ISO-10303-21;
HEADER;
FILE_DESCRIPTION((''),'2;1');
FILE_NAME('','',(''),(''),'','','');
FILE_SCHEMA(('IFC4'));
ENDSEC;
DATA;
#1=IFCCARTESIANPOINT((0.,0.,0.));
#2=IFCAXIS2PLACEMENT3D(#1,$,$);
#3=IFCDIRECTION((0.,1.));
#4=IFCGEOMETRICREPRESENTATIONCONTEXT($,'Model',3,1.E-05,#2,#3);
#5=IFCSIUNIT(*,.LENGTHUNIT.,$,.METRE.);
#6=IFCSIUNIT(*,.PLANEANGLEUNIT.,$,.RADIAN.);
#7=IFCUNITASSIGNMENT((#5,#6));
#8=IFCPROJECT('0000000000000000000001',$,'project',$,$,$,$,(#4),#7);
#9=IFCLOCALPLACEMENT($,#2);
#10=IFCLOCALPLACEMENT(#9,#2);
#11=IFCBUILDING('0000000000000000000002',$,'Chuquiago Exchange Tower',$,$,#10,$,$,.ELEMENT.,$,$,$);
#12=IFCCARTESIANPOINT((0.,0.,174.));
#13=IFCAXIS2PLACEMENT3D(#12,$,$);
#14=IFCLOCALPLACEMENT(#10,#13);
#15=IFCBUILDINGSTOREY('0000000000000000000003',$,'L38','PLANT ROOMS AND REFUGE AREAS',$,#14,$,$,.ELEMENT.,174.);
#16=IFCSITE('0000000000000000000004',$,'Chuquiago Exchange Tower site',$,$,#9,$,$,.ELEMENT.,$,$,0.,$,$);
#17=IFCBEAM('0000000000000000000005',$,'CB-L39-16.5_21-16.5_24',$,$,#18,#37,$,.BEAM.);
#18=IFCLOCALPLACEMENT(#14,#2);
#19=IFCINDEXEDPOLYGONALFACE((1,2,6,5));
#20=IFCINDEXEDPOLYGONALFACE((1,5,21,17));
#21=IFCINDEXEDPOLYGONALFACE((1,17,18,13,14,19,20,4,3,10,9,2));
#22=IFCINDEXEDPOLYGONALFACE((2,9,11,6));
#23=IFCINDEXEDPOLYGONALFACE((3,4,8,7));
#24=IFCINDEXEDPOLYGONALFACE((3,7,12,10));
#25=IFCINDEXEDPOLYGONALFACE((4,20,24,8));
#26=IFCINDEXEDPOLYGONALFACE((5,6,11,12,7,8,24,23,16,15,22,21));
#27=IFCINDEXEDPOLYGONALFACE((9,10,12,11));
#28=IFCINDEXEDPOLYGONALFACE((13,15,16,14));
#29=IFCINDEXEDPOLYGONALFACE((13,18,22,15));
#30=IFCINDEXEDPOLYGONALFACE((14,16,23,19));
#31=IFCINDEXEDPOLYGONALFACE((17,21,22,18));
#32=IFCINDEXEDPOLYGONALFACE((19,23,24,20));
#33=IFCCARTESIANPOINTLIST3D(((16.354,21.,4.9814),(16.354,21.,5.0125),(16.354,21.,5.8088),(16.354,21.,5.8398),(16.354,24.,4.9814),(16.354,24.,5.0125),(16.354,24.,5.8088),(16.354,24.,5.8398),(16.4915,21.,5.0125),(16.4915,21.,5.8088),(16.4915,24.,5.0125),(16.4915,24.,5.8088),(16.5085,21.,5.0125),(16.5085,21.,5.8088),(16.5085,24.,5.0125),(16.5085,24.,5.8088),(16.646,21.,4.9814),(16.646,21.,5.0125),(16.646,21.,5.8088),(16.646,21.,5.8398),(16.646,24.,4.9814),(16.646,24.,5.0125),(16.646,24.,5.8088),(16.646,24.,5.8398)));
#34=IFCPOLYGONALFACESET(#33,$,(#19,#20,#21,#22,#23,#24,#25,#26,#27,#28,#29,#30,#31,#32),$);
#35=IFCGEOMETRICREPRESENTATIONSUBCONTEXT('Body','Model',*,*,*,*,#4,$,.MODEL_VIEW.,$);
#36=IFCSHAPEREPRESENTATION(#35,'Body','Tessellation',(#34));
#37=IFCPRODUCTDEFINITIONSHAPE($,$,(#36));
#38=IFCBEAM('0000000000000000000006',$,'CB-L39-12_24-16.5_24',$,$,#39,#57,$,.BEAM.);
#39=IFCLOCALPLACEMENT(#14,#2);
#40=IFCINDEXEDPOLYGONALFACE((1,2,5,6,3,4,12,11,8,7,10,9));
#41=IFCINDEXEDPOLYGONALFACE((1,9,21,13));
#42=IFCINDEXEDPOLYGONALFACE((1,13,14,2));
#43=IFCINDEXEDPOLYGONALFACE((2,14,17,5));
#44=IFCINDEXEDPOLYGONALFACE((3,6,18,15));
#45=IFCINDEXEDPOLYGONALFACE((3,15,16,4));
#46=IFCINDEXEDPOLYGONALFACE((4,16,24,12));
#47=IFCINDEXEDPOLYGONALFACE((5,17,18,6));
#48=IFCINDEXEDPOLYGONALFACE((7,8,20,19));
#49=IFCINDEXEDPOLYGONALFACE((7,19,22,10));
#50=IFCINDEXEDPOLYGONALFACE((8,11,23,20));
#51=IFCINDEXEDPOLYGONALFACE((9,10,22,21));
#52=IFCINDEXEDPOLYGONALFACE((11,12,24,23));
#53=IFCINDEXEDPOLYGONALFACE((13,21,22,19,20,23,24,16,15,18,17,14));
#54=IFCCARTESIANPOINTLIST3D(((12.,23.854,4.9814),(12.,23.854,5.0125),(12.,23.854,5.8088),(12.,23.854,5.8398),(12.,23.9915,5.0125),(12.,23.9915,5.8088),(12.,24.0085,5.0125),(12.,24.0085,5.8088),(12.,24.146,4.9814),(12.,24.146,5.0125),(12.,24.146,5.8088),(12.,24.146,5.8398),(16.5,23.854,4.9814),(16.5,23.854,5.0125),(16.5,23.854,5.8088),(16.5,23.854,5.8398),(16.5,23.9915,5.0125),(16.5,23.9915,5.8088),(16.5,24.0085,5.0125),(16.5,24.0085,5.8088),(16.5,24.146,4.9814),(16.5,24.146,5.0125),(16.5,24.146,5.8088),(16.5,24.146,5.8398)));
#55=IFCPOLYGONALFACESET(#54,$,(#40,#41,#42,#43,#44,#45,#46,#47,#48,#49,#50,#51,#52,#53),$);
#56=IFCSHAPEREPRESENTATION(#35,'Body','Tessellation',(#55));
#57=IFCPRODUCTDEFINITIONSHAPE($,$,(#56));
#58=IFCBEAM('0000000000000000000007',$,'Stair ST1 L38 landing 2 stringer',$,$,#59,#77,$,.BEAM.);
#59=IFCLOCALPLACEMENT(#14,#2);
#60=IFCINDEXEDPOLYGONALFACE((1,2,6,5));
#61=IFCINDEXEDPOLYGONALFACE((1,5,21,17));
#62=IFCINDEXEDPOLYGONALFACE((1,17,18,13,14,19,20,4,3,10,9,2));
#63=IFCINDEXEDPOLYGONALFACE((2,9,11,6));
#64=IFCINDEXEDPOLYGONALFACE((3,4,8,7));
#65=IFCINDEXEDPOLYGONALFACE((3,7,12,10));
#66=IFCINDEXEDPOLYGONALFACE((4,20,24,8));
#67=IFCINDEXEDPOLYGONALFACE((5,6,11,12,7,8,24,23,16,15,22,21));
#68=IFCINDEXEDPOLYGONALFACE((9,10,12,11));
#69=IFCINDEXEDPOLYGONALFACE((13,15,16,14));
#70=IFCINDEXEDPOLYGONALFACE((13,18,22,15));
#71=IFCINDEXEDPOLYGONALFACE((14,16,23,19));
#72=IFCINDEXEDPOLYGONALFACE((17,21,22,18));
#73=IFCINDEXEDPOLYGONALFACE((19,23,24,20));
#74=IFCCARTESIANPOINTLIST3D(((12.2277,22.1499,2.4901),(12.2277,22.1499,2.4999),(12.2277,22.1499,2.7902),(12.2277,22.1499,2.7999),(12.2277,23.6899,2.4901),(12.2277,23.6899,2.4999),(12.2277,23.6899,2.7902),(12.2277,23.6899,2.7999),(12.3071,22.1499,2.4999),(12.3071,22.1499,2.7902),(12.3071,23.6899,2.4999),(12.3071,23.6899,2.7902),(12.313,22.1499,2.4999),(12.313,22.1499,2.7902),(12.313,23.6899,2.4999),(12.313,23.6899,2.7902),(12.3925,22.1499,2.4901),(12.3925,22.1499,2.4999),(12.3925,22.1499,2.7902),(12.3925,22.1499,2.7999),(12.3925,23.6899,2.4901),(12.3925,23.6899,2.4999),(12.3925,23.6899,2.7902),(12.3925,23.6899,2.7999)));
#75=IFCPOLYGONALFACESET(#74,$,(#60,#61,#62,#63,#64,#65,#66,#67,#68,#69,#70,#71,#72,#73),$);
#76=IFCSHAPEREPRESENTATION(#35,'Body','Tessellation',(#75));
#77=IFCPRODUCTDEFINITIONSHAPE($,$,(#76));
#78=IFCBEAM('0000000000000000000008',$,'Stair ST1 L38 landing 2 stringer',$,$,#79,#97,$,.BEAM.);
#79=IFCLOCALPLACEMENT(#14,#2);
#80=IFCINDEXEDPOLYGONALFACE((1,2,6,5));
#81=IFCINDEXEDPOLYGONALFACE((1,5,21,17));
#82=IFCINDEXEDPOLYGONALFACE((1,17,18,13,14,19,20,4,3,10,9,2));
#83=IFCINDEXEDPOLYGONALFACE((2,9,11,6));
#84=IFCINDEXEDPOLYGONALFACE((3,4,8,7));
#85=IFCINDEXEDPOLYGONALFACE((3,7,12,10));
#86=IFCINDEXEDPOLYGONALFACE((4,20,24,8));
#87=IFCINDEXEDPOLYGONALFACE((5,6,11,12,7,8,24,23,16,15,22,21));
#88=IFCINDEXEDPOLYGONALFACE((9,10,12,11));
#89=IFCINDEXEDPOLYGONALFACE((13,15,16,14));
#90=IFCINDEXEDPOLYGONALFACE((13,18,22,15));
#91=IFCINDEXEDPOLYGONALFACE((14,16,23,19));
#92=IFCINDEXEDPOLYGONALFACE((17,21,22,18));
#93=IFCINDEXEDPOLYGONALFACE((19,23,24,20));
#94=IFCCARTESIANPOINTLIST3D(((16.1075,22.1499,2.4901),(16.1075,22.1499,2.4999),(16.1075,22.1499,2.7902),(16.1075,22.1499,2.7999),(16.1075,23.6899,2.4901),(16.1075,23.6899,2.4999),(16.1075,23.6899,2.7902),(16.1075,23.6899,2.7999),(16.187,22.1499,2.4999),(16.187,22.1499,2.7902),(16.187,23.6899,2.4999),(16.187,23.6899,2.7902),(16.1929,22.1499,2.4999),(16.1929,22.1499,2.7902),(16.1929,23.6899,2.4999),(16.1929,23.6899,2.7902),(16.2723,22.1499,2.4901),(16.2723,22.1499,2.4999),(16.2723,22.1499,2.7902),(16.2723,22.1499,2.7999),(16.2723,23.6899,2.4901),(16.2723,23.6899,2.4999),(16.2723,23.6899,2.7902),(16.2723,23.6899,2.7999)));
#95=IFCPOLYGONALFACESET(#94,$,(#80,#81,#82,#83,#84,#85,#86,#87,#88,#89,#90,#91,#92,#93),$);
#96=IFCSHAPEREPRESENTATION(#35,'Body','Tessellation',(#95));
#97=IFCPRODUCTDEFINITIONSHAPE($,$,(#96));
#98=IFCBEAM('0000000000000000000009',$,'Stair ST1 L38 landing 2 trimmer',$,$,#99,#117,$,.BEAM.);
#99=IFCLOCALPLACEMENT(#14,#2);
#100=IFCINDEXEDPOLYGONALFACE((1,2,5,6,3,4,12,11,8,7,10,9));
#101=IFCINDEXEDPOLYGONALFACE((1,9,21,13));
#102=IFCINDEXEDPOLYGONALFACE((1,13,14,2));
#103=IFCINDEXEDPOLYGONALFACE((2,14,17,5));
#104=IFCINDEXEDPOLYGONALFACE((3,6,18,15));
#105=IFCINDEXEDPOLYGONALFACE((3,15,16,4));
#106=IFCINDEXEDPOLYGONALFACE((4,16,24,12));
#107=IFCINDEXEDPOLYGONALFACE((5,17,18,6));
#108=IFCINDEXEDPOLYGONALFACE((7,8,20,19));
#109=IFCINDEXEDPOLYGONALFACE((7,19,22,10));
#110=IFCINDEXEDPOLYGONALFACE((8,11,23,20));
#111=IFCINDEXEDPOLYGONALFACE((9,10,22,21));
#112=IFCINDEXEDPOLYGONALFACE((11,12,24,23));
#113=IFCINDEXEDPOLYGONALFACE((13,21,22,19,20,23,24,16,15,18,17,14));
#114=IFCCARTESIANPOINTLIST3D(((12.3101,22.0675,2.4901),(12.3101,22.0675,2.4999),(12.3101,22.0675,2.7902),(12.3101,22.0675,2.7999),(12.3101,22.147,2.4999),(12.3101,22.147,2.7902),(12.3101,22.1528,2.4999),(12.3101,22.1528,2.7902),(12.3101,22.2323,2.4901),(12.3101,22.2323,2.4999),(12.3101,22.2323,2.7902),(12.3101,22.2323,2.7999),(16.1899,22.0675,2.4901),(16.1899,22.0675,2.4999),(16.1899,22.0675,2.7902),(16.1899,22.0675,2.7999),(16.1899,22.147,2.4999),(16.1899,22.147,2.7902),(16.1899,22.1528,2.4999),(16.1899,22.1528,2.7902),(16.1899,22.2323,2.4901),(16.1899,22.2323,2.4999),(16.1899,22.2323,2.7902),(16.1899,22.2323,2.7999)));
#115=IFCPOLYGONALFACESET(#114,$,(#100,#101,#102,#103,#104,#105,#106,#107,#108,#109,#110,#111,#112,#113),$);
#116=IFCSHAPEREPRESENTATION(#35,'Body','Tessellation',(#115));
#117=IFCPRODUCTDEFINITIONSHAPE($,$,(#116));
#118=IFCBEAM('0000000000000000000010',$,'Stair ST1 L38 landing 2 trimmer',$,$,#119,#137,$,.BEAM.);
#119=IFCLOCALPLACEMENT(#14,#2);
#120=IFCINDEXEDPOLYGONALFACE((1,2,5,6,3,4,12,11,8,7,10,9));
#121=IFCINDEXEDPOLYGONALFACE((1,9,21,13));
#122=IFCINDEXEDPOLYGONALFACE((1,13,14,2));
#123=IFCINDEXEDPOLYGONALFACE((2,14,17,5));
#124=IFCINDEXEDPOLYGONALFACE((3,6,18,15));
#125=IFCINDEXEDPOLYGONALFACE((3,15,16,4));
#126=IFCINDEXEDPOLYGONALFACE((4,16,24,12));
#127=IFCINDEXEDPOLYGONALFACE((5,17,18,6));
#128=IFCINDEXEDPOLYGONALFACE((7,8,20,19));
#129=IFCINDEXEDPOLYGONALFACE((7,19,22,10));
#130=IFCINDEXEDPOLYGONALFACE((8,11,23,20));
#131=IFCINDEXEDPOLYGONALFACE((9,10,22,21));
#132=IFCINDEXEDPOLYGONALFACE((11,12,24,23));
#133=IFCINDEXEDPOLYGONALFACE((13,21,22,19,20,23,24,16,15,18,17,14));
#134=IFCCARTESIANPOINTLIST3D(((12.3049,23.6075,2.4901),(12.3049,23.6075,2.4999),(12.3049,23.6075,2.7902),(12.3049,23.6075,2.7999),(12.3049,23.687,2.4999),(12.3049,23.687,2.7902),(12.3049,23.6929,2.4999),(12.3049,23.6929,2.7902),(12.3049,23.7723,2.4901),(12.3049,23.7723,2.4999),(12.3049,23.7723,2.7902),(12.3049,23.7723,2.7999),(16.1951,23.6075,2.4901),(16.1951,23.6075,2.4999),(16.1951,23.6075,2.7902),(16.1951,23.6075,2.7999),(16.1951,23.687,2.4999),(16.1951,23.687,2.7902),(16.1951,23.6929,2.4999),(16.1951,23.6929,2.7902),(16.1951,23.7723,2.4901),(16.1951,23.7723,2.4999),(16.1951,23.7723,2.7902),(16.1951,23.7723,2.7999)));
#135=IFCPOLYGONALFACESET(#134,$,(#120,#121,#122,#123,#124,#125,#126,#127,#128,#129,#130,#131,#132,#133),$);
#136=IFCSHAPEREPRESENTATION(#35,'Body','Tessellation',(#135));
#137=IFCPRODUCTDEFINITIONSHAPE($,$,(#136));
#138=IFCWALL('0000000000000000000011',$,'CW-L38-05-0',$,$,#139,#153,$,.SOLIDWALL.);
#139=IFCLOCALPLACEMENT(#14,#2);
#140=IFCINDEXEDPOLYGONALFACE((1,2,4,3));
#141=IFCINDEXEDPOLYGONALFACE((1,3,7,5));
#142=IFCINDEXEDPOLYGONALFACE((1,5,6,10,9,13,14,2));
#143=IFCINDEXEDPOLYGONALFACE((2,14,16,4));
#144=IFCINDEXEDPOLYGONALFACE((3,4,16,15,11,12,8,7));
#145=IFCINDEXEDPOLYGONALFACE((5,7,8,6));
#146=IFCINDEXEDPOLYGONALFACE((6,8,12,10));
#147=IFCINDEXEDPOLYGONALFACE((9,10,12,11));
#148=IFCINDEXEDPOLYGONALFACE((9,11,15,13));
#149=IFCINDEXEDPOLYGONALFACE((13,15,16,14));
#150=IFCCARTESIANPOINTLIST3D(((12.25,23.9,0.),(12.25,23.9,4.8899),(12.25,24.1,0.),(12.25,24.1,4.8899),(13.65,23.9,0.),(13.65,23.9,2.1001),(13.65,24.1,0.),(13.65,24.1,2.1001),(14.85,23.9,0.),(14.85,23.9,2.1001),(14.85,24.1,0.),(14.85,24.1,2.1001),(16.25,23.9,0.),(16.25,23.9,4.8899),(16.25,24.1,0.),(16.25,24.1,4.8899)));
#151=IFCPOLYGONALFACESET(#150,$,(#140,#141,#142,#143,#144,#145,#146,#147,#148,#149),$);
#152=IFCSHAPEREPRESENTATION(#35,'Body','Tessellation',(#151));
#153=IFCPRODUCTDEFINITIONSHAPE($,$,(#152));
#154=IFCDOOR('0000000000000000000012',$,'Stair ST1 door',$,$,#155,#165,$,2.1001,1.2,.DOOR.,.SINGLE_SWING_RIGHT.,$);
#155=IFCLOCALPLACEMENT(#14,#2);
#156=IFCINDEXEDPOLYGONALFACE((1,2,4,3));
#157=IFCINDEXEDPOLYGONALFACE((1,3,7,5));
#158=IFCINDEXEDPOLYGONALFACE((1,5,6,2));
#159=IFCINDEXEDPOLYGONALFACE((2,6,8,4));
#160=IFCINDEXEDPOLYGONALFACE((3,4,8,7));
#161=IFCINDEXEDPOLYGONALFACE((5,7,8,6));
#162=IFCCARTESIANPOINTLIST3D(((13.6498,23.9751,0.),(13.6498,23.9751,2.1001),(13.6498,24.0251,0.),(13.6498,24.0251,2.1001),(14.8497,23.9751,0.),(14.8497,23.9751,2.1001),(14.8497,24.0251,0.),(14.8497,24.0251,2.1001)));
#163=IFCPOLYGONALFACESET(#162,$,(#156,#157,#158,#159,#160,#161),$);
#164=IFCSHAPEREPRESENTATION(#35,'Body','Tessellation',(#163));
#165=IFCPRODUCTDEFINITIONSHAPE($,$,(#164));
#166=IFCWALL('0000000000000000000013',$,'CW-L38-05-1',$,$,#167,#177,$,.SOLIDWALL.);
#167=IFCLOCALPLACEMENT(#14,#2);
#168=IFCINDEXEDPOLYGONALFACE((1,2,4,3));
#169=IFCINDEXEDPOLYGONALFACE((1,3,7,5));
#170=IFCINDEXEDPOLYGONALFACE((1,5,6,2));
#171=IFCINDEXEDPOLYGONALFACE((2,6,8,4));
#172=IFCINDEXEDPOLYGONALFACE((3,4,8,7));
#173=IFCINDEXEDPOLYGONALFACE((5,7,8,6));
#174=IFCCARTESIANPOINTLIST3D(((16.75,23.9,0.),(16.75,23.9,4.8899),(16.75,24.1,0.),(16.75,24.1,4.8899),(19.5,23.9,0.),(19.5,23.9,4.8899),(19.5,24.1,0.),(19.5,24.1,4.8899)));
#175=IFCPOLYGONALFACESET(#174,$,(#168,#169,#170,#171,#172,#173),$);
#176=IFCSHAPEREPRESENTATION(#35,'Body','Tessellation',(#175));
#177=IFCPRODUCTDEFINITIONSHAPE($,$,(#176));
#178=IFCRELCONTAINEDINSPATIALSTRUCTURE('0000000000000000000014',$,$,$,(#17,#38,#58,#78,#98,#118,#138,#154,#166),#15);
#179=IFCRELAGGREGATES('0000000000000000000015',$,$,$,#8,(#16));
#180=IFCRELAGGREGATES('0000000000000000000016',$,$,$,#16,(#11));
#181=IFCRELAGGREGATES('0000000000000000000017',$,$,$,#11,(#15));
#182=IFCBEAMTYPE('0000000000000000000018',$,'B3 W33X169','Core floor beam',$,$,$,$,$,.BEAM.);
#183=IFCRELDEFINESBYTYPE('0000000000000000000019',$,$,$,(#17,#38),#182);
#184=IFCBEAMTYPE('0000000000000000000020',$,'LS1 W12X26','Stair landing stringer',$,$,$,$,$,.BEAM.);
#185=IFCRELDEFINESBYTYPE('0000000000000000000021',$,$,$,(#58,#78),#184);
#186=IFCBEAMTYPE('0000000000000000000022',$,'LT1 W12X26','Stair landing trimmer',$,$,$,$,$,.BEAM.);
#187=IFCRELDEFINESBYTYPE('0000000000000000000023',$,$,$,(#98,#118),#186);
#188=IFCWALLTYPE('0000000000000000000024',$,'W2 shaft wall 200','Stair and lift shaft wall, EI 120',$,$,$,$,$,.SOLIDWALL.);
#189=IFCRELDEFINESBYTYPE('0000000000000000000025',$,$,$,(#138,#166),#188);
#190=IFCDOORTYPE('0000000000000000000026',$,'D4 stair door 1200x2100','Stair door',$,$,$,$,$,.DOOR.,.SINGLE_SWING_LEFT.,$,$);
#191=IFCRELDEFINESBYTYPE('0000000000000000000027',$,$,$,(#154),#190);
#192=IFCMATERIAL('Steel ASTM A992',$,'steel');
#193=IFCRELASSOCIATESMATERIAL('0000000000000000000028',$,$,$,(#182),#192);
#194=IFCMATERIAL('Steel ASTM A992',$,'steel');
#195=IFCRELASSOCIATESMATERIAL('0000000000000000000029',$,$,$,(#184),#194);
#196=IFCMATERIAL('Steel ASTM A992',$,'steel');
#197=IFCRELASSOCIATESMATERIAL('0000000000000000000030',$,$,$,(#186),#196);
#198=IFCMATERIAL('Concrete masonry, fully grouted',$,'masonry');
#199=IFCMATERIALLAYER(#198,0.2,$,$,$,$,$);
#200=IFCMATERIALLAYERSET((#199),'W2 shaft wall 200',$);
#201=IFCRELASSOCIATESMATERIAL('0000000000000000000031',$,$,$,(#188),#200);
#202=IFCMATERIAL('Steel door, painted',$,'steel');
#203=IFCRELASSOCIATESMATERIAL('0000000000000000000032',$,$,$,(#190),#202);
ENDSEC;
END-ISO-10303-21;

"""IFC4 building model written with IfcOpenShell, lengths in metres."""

from ifc_helpers import new_model, si_unit, direction, frame, frame_2d, origin, origin_2d, place, context, subcontext, project, spatial, rectangle, i_section, extrude, material, layer, layer_set, material_profile, profile_set, type_object, element, fill, save


model = new_model("IFC4")

# Units and contexts
model_context = context("Model", 3, precision=1e-05, world=origin(), true_north=direction((0.0, 1.0)))
body_context = subcontext(model_context, "Body", "Model", "MODEL_VIEW")
ifc_project = project(units=[si_unit("LENGTHUNIT", "METRE"), si_unit("PLANEANGLEUNIT", "RADIAN")], contexts=[model_context])

# Site, building, storey
site_placement = place(None, origin())
site = spatial("IfcSite", under=ifc_project, at=site_placement, Name="Chuquiago Exchange Tower site", CompositionType="ELEMENT", RefElevation=0.0)
building_placement = place(site_placement, origin())
building = spatial("IfcBuilding", under=site, at=building_placement, Name="Chuquiago Exchange Tower", CompositionType="ELEMENT")
storey_placement = place(building_placement, frame((0.0, 0.0, 174.0)))
storey = spatial("IfcBuildingStorey", under=building, at=storey_placement, Name="L38", Description="PLANT ROOMS AND REFUGE AREAS", CompositionType="ELEMENT", Elevation=174.0)

# Beams
ifc_material_1 = material(Name="Steel ASTM A992", Category="steel")
ifc_material_profile_1 = material_profile(ifc_material_1, i_section(OverallWidth=0.292, OverallDepth=0.8584, WebThickness=0.0171, FlangeThickness=0.031, at=origin_2d()), Name="W33X169")
ifc_profile_set_1 = profile_set([ifc_material_profile_1], Name="Steel ASTM A992")
beam_type_1 = type_object("IfcBeamType", Name="B3 W33X169", Description="Core floor beam", PredefinedType="BEAM", material=ifc_profile_set_1)
beam_1_placement = place(storey_placement, frame((16.5, 21.0, 5.4106), z_axis=(0.0, 1.0, 0.0), x_axis=(-1.0, 0.0, 0.0)))
element("IfcBeam", 1, at=beam_1_placement, inside=storey, type_object=beam_type_1, Name="CB-L39-16.5_21-16.5_24", PredefinedType="BEAM", context=body_context, shape_type="SweptSolid", body=[
    extrude(i_section(OverallWidth=0.292, OverallDepth=0.8584, WebThickness=0.0171, FlangeThickness=0.031, at=origin_2d()), origin(), (0.0, 0.0, 1.0), 3.0),
])
beam_2_placement = place(storey_placement, frame((12.0, 24.0, 5.4106), z_axis=(1.0, 0.0, 0.0), x_axis=(0.0, 1.0, 0.0)))
element("IfcBeam", 2, at=beam_2_placement, inside=storey, type_object=beam_type_1, Name="CB-L39-12_24-16.5_24", PredefinedType="BEAM", context=body_context, shape_type="SweptSolid", body=[
    extrude(i_section(OverallWidth=0.292, OverallDepth=0.8584, WebThickness=0.0171, FlangeThickness=0.031, at=origin_2d()), origin(), (0.0, 0.0, 1.0), 4.5),
])
ifc_material_2 = material(Name="Steel ASTM A992", Category="steel")
ifc_material_profile_2 = material_profile(ifc_material_2, i_section(OverallWidth=0.1648, OverallDepth=0.3098, WebThickness=0.0059, FlangeThickness=0.0098, at=origin_2d()), Name="W12X26")
ifc_profile_set_2 = profile_set([ifc_material_profile_2], Name="Steel ASTM A992")
beam_type_2 = type_object("IfcBeamType", Name="LS1 W12X26", Description="Stair landing stringer", PredefinedType="BEAM", material=ifc_profile_set_2)
for number, where, z_axis, x_axis, name in (
    (3, (12.3101, 22.1499, 2.645), (0.0, 1.0, 0.0), (-1.0, 0.0, 0.0), "Stair ST1 L38 landing 2 stringer"),
    (4, (16.1899, 22.1499, 2.645), (0.0, 1.0, 0.0), (-1.0, 0.0, 0.0), "Stair ST1 L38 landing 2 stringer"),
):
    element("IfcBeam", number, at=place(storey_placement, frame(where, z_axis=z_axis, x_axis=x_axis)), inside=storey, type_object=beam_type_2, Name=name, PredefinedType="BEAM", context=body_context, shape_type="SweptSolid", body=[
        extrude(i_section(OverallWidth=0.1648, OverallDepth=0.3098, WebThickness=0.0059, FlangeThickness=0.0098, at=origin_2d()), origin(), (0.0, 0.0, 1.0), 1.54),
    ])
ifc_material_3 = material(Name="Steel ASTM A992", Category="steel")
ifc_material_profile_3 = material_profile(ifc_material_3, i_section(OverallWidth=0.1648, OverallDepth=0.3098, WebThickness=0.0059, FlangeThickness=0.0098, at=origin_2d()), Name="W12X26")
ifc_profile_set_3 = profile_set([ifc_material_profile_3], Name="Steel ASTM A992")
beam_type_3 = type_object("IfcBeamType", Name="LT1 W12X26", Description="Stair landing trimmer", PredefinedType="BEAM", material=ifc_profile_set_3)
beam_3_placement = place(storey_placement, frame((12.3101, 22.1499, 2.645), z_axis=(1.0, 0.0, 0.0), x_axis=(0.0, 1.0, 0.0)))
element("IfcBeam", 5, at=beam_3_placement, inside=storey, type_object=beam_type_3, Name="Stair ST1 L38 landing 2 trimmer", PredefinedType="BEAM", context=body_context, shape_type="SweptSolid", body=[
    extrude(i_section(OverallWidth=0.1648, OverallDepth=0.3098, WebThickness=0.0059, FlangeThickness=0.0098, at=origin_2d()), origin(), (0.0, 0.0, 1.0), 3.8799),
])
beam_4_placement = place(storey_placement, frame((12.3049, 23.6899, 2.645), z_axis=(1.0, 0.0, 0.0), x_axis=(0.0, 1.0, 0.0)))
element("IfcBeam", 6, at=beam_4_placement, inside=storey, type_object=beam_type_3, Name="Stair ST1 L38 landing 2 trimmer", PredefinedType="BEAM", context=body_context, shape_type="SweptSolid", body=[
    extrude(i_section(OverallWidth=0.1648, OverallDepth=0.3098, WebThickness=0.0059, FlangeThickness=0.0098, at=origin_2d()), origin(), (0.0, 0.0, 1.0), 3.8901),
])

# Wall, opening, door
ifc_material_4 = material(Name="Concrete masonry, fully grouted", Category="masonry")
ifc_layer = layer(ifc_material_4, 0.2)
ifc_layer_set = layer_set([ifc_layer], Name="W2 shaft wall 200")
wall_type = type_object("IfcWallType", Name="W2 shaft wall 200", Description="Stair and lift shaft wall, EI 120", PredefinedType="SOLIDWALL", material=ifc_layer_set)
wall_1_placement = place(storey_placement, frame((12.25, 24.0, 0.0), z_axis=(0.0, 0.0, 1.0), x_axis=(1.0, 0.0, 0.0)))
wall_1 = element("IfcWall", 7, at=wall_1_placement, inside=storey, type_object=wall_type, Name="CW-L38-05-0", PredefinedType="SOLIDWALL", context=body_context, shape_type="SweptSolid", body=[
    extrude(rectangle(XDim=4.0, YDim=0.2, at=frame_2d((2.0, 0.0))), origin(), (0.0, 0.0, 1.0), 4.8899),
])
opening_placement = place(wall_1_placement, frame((1.3999, 0.0, 0.0)))
opening = element("IfcOpeningElement", 8, at=opening_placement, cuts=wall_1, PredefinedType="OPENING", context=body_context, shape_type="SweptSolid", body=[
    extrude(rectangle(XDim=1.2, YDim=2.1001, at=frame_2d((0.6001, 1.05))), frame((0.0, 0.1099, 0.0), z_axis=(0.0, -1.0, 0.0), x_axis=(1.0, 0.0, 0.0)), (0.0, 0.0, 1.0), 0.22),
])
ifc_material_5 = material(Name="Steel door, painted", Category="steel")
door_type = type_object("IfcDoorType", Name="D4 stair door 1200x2100", Description="Stair door", OperationType="SINGLE_SWING_LEFT", PredefinedType="DOOR", material=ifc_material_5)
door_placement = place(opening_placement, frame((1.2, 0.0, 0.0), z_axis=(0.0, 0.0, 1.0), x_axis=(-1.0, 0.0, 0.0)))
door = element("IfcDoor", 9, at=door_placement, inside=storey, type_object=door_type, Name="Stair ST1 door", OperationType="SINGLE_SWING_RIGHT", OverallHeight=2.1001, OverallWidth=1.2, PredefinedType="DOOR", context=body_context, shape_type="SweptSolid", body=[
    extrude(rectangle(XDim=1.2, YDim=2.1001, at=frame_2d((0.6001, 1.05))), frame((0.0, 0.0249, 0.0), z_axis=(0.0, -1.0, 0.0), x_axis=(1.0, 0.0, 0.0)), (0.0, 0.0, 1.0), 0.05),
])
fill(opening, door)

# Wall
wall_2_placement = place(storey_placement, frame((16.75, 24.0, 0.0), z_axis=(0.0, 0.0, 1.0), x_axis=(1.0, 0.0, 0.0)))
element("IfcWall", 10, at=wall_2_placement, inside=storey, type_object=wall_type, Name="CW-L38-05-1", PredefinedType="SOLIDWALL", context=body_context, shape_type="SweptSolid", body=[
    extrude(rectangle(XDim=2.75, YDim=0.2, at=frame_2d((1.375, 0.0))), origin(), (0.0, 0.0, 1.0), 4.8899),
])

save(model, "model.ifc")
